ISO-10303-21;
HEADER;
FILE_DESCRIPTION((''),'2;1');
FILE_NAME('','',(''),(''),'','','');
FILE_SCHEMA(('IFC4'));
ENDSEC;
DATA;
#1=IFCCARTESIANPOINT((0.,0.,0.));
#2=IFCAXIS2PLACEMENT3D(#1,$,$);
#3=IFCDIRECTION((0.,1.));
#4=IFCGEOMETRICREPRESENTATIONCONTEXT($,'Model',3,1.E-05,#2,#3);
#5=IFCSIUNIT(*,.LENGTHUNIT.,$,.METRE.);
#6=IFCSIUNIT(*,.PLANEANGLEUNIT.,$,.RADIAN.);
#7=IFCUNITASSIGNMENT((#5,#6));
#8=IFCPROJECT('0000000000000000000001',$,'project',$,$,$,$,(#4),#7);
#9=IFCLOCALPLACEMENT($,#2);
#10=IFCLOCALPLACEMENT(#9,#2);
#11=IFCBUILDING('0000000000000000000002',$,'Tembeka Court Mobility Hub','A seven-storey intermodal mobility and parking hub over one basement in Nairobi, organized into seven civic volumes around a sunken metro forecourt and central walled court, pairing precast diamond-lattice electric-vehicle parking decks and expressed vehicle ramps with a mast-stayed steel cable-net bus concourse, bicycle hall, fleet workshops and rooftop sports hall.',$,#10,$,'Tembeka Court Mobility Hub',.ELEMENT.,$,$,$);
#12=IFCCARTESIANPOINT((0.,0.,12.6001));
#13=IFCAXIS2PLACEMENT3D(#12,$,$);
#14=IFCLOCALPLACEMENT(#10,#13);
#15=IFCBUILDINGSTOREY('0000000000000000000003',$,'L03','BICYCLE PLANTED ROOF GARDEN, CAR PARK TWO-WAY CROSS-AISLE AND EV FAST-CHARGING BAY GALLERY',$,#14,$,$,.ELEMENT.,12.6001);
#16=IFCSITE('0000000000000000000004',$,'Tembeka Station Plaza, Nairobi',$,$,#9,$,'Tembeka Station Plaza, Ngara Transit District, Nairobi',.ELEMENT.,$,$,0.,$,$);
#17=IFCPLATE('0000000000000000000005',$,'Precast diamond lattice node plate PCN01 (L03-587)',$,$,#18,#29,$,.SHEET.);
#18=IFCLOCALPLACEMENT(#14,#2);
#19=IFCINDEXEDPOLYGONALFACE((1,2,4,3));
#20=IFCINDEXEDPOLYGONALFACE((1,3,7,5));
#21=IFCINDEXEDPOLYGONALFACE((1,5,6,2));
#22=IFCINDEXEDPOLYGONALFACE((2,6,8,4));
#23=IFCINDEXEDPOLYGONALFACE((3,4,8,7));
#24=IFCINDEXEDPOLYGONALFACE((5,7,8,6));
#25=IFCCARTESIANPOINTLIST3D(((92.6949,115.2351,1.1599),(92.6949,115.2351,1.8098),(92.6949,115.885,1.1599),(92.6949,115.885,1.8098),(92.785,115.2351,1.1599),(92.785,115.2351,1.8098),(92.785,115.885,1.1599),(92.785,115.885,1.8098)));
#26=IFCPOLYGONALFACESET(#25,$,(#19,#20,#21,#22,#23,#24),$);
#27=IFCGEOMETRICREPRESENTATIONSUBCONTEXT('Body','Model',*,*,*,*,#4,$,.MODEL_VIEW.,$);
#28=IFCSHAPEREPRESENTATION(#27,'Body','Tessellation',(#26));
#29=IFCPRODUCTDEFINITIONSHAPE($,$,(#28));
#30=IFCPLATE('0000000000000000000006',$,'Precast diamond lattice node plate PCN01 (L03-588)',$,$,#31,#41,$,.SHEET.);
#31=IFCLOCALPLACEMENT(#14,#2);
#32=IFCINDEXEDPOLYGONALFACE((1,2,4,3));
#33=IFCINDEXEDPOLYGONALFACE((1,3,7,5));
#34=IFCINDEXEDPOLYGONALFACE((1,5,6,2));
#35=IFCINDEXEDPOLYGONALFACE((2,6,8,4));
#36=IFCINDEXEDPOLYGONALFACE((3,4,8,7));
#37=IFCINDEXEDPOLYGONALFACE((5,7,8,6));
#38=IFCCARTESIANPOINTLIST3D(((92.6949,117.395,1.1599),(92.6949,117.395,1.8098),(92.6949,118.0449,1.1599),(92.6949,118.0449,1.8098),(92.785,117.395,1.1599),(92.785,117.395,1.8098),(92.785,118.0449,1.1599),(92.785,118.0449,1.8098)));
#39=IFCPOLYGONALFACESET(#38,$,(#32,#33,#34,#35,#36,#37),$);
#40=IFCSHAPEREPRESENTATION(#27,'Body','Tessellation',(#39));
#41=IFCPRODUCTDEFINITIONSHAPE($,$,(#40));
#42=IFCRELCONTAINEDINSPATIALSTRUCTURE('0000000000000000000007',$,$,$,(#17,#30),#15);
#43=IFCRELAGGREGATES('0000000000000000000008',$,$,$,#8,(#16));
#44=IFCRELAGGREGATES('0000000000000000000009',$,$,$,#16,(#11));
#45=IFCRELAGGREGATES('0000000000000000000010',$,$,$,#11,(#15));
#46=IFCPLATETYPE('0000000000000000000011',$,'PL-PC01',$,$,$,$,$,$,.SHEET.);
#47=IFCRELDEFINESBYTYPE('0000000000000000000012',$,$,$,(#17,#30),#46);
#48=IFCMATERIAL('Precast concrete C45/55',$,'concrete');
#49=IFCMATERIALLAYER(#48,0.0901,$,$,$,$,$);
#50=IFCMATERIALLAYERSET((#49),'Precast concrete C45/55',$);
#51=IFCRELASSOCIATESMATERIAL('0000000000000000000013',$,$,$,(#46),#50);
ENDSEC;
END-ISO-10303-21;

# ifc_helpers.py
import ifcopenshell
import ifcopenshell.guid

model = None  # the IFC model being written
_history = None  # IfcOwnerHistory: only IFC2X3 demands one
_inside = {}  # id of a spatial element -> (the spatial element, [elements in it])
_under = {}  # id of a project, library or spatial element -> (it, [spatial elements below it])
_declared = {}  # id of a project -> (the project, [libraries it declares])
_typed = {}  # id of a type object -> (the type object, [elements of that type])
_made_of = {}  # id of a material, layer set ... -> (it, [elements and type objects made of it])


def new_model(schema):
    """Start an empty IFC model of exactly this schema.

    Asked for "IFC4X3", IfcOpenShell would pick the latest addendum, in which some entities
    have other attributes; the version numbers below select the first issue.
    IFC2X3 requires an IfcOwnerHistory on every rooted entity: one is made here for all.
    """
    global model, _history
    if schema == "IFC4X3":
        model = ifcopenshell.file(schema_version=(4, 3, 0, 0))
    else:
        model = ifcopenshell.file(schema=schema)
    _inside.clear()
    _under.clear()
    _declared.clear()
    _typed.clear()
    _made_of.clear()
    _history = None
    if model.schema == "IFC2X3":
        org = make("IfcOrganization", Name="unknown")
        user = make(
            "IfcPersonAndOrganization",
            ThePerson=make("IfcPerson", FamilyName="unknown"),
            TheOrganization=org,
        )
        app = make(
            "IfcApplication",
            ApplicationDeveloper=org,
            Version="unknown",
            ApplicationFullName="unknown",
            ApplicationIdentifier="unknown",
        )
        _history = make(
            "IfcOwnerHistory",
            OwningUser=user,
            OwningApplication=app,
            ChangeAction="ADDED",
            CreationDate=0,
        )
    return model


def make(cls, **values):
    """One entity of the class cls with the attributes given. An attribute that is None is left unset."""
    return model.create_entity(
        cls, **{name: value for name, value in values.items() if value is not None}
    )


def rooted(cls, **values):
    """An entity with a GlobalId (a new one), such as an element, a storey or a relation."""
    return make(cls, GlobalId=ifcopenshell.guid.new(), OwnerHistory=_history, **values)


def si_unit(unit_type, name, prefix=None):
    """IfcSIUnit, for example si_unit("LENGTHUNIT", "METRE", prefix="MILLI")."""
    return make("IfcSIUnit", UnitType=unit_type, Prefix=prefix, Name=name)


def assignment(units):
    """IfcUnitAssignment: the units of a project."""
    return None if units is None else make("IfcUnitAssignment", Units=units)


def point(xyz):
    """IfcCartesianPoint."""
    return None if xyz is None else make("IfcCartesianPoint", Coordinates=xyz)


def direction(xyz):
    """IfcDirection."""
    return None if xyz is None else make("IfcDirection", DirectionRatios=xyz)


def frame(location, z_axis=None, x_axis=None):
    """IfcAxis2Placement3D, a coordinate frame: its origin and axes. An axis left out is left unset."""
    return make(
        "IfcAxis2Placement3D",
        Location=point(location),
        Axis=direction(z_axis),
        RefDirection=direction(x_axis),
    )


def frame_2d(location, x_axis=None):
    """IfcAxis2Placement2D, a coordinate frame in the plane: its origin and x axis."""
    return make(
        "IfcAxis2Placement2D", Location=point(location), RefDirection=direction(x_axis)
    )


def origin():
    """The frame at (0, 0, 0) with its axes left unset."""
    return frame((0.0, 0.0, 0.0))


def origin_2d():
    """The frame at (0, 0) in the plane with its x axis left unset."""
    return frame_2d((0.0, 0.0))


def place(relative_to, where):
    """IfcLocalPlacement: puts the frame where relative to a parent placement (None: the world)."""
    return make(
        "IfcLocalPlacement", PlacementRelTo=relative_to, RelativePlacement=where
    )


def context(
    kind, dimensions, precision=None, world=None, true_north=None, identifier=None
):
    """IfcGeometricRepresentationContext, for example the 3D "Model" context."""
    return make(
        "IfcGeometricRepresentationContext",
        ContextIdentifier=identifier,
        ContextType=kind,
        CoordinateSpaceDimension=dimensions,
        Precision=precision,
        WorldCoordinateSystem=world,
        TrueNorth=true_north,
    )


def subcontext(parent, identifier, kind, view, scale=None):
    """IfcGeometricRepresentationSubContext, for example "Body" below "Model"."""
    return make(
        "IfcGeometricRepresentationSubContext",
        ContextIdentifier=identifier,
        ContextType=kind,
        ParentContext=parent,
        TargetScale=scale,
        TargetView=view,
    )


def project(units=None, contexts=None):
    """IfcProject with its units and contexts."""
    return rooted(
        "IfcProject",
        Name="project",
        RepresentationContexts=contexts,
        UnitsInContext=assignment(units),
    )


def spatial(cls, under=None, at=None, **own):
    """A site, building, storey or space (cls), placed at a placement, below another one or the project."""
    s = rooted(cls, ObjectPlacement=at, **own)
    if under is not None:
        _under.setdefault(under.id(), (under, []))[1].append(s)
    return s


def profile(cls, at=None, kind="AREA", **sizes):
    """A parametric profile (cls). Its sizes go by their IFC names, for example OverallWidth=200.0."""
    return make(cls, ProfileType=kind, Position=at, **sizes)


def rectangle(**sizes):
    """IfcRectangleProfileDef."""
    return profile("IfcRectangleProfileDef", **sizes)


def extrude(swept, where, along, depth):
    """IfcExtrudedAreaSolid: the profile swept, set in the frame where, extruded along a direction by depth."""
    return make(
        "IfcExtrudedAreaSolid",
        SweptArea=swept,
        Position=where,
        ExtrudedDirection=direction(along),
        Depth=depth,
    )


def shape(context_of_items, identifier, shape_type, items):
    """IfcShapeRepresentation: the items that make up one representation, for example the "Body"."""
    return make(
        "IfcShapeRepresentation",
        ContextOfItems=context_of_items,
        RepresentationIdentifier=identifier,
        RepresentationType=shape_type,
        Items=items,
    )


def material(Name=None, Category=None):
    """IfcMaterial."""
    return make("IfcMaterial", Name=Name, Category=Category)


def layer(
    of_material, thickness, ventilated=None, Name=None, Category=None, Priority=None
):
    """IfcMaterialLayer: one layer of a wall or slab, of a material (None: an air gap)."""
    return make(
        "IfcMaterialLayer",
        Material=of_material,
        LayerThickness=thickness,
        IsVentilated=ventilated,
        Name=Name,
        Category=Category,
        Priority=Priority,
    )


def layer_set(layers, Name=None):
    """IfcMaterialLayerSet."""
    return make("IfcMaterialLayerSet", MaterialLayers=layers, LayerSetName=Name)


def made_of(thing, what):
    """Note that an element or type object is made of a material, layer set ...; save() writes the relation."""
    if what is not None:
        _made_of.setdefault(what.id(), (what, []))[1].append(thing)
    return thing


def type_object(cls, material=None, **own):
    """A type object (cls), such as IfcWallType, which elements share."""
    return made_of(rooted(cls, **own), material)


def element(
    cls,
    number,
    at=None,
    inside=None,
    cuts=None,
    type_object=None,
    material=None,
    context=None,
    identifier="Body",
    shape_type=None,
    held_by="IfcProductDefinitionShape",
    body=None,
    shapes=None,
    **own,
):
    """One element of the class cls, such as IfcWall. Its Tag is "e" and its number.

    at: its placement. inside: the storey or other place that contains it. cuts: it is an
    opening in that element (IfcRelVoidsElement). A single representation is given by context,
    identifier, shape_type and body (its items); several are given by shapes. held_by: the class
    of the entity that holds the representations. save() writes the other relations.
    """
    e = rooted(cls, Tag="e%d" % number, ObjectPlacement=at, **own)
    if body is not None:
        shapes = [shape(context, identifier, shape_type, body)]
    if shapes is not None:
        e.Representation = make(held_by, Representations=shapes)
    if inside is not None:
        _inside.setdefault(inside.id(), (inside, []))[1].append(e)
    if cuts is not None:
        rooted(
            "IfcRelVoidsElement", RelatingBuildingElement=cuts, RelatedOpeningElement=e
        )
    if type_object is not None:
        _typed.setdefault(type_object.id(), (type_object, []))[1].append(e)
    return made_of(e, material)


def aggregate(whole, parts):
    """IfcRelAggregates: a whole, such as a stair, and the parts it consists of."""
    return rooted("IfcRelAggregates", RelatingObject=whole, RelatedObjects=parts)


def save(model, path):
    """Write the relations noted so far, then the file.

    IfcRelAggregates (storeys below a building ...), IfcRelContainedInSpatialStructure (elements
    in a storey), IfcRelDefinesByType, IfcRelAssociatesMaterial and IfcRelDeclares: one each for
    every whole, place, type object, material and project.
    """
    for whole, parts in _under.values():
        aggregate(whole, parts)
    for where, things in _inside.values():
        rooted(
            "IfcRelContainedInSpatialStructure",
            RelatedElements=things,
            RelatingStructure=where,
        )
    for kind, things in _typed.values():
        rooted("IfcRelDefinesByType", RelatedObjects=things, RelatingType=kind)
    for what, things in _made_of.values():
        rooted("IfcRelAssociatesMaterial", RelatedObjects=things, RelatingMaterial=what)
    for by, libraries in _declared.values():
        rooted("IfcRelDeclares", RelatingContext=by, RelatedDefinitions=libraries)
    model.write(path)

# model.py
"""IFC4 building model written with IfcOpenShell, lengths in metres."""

from ifc_helpers import new_model, si_unit, direction, frame, origin, origin_2d, place, context, subcontext, project, spatial, rectangle, extrude, material, layer, layer_set, type_object, element, save


model = new_model("IFC4")

# Units and contexts
model_context = context("Model", 3, precision=1e-05, world=origin(), true_north=direction((0.0, 1.0)))
body_context = subcontext(model_context, "Body", "Model", "MODEL_VIEW")
ifc_project = project(units=[si_unit("LENGTHUNIT", "METRE"), si_unit("PLANEANGLEUNIT", "RADIAN")], contexts=[model_context])

# Site, building, storey
site_placement = place(None, origin())
site = spatial("IfcSite", under=ifc_project, at=site_placement, Name="Tembeka Station Plaza, Nairobi", LongName="Tembeka Station Plaza, Ngara Transit District, Nairobi", CompositionType="ELEMENT", RefElevation=0.0)
building_placement = place(site_placement, origin())
building = spatial("IfcBuilding", under=site, at=building_placement, Name="Tembeka Court Mobility Hub", Description="A seven-storey intermodal mobility and parking hub over one basement in Nairobi, organized into seven civic volumes around a sunken metro forecourt and central walled court, pairing precast diamond-lattice electric-vehicle parking decks and expressed vehicle ramps with a mast-stayed steel cable-net bus concourse, bicycle hall, fleet workshops and rooftop sports hall.", LongName="Tembeka Court Mobility Hub", CompositionType="ELEMENT")
storey_placement = place(building_placement, frame((0.0, 0.0, 12.6001)))
storey = spatial("IfcBuildingStorey", under=building, at=storey_placement, Name="L03", Description="BICYCLE PLANTED ROOF GARDEN, CAR PARK TWO-WAY CROSS-AISLE AND EV FAST-CHARGING BAY GALLERY", CompositionType="ELEMENT", Elevation=12.6001)

# Shared definitions
ifc_material_1 = material(Name="Precast concrete C45/55", Category="concrete")

# Plates
ifc_layer_1 = layer(ifc_material_1, 0.0901)
ifc_layer_set_1 = layer_set([ifc_layer_1], Name="Precast concrete C45/55")
plate_type_1 = type_object("IfcPlateType", Name="PL-PC01", PredefinedType="SHEET", material=ifc_layer_set_1)
for number, where, z_axis, x_axis, name in (
    (1, (92.74, 115.5601, 1.1599), (0.0, 0.0, 1.0), (1.0, 0.0, 0.0), "Precast diamond lattice node plate PCN01 (L03-587)"),
    (2, (92.74, 117.72, 1.1599), (0.0, 0.0, 1.0), (1.0, 0.0, 0.0), "Precast diamond lattice node plate PCN01 (L03-588)"),
):
    element("IfcPlate", number, at=place(storey_placement, frame(where, z_axis=z_axis, x_axis=x_axis)), inside=storey, type_object=plate_type_1, Name=name, PredefinedType="SHEET", context=body_context, shape_type="SweptSolid", body=[
        extrude(rectangle(XDim=0.0901, YDim=0.6499, at=origin_2d()), origin(), (0.0, 0.0, 1.0), 0.6499),
    ])

save(model, "model.ifc")
